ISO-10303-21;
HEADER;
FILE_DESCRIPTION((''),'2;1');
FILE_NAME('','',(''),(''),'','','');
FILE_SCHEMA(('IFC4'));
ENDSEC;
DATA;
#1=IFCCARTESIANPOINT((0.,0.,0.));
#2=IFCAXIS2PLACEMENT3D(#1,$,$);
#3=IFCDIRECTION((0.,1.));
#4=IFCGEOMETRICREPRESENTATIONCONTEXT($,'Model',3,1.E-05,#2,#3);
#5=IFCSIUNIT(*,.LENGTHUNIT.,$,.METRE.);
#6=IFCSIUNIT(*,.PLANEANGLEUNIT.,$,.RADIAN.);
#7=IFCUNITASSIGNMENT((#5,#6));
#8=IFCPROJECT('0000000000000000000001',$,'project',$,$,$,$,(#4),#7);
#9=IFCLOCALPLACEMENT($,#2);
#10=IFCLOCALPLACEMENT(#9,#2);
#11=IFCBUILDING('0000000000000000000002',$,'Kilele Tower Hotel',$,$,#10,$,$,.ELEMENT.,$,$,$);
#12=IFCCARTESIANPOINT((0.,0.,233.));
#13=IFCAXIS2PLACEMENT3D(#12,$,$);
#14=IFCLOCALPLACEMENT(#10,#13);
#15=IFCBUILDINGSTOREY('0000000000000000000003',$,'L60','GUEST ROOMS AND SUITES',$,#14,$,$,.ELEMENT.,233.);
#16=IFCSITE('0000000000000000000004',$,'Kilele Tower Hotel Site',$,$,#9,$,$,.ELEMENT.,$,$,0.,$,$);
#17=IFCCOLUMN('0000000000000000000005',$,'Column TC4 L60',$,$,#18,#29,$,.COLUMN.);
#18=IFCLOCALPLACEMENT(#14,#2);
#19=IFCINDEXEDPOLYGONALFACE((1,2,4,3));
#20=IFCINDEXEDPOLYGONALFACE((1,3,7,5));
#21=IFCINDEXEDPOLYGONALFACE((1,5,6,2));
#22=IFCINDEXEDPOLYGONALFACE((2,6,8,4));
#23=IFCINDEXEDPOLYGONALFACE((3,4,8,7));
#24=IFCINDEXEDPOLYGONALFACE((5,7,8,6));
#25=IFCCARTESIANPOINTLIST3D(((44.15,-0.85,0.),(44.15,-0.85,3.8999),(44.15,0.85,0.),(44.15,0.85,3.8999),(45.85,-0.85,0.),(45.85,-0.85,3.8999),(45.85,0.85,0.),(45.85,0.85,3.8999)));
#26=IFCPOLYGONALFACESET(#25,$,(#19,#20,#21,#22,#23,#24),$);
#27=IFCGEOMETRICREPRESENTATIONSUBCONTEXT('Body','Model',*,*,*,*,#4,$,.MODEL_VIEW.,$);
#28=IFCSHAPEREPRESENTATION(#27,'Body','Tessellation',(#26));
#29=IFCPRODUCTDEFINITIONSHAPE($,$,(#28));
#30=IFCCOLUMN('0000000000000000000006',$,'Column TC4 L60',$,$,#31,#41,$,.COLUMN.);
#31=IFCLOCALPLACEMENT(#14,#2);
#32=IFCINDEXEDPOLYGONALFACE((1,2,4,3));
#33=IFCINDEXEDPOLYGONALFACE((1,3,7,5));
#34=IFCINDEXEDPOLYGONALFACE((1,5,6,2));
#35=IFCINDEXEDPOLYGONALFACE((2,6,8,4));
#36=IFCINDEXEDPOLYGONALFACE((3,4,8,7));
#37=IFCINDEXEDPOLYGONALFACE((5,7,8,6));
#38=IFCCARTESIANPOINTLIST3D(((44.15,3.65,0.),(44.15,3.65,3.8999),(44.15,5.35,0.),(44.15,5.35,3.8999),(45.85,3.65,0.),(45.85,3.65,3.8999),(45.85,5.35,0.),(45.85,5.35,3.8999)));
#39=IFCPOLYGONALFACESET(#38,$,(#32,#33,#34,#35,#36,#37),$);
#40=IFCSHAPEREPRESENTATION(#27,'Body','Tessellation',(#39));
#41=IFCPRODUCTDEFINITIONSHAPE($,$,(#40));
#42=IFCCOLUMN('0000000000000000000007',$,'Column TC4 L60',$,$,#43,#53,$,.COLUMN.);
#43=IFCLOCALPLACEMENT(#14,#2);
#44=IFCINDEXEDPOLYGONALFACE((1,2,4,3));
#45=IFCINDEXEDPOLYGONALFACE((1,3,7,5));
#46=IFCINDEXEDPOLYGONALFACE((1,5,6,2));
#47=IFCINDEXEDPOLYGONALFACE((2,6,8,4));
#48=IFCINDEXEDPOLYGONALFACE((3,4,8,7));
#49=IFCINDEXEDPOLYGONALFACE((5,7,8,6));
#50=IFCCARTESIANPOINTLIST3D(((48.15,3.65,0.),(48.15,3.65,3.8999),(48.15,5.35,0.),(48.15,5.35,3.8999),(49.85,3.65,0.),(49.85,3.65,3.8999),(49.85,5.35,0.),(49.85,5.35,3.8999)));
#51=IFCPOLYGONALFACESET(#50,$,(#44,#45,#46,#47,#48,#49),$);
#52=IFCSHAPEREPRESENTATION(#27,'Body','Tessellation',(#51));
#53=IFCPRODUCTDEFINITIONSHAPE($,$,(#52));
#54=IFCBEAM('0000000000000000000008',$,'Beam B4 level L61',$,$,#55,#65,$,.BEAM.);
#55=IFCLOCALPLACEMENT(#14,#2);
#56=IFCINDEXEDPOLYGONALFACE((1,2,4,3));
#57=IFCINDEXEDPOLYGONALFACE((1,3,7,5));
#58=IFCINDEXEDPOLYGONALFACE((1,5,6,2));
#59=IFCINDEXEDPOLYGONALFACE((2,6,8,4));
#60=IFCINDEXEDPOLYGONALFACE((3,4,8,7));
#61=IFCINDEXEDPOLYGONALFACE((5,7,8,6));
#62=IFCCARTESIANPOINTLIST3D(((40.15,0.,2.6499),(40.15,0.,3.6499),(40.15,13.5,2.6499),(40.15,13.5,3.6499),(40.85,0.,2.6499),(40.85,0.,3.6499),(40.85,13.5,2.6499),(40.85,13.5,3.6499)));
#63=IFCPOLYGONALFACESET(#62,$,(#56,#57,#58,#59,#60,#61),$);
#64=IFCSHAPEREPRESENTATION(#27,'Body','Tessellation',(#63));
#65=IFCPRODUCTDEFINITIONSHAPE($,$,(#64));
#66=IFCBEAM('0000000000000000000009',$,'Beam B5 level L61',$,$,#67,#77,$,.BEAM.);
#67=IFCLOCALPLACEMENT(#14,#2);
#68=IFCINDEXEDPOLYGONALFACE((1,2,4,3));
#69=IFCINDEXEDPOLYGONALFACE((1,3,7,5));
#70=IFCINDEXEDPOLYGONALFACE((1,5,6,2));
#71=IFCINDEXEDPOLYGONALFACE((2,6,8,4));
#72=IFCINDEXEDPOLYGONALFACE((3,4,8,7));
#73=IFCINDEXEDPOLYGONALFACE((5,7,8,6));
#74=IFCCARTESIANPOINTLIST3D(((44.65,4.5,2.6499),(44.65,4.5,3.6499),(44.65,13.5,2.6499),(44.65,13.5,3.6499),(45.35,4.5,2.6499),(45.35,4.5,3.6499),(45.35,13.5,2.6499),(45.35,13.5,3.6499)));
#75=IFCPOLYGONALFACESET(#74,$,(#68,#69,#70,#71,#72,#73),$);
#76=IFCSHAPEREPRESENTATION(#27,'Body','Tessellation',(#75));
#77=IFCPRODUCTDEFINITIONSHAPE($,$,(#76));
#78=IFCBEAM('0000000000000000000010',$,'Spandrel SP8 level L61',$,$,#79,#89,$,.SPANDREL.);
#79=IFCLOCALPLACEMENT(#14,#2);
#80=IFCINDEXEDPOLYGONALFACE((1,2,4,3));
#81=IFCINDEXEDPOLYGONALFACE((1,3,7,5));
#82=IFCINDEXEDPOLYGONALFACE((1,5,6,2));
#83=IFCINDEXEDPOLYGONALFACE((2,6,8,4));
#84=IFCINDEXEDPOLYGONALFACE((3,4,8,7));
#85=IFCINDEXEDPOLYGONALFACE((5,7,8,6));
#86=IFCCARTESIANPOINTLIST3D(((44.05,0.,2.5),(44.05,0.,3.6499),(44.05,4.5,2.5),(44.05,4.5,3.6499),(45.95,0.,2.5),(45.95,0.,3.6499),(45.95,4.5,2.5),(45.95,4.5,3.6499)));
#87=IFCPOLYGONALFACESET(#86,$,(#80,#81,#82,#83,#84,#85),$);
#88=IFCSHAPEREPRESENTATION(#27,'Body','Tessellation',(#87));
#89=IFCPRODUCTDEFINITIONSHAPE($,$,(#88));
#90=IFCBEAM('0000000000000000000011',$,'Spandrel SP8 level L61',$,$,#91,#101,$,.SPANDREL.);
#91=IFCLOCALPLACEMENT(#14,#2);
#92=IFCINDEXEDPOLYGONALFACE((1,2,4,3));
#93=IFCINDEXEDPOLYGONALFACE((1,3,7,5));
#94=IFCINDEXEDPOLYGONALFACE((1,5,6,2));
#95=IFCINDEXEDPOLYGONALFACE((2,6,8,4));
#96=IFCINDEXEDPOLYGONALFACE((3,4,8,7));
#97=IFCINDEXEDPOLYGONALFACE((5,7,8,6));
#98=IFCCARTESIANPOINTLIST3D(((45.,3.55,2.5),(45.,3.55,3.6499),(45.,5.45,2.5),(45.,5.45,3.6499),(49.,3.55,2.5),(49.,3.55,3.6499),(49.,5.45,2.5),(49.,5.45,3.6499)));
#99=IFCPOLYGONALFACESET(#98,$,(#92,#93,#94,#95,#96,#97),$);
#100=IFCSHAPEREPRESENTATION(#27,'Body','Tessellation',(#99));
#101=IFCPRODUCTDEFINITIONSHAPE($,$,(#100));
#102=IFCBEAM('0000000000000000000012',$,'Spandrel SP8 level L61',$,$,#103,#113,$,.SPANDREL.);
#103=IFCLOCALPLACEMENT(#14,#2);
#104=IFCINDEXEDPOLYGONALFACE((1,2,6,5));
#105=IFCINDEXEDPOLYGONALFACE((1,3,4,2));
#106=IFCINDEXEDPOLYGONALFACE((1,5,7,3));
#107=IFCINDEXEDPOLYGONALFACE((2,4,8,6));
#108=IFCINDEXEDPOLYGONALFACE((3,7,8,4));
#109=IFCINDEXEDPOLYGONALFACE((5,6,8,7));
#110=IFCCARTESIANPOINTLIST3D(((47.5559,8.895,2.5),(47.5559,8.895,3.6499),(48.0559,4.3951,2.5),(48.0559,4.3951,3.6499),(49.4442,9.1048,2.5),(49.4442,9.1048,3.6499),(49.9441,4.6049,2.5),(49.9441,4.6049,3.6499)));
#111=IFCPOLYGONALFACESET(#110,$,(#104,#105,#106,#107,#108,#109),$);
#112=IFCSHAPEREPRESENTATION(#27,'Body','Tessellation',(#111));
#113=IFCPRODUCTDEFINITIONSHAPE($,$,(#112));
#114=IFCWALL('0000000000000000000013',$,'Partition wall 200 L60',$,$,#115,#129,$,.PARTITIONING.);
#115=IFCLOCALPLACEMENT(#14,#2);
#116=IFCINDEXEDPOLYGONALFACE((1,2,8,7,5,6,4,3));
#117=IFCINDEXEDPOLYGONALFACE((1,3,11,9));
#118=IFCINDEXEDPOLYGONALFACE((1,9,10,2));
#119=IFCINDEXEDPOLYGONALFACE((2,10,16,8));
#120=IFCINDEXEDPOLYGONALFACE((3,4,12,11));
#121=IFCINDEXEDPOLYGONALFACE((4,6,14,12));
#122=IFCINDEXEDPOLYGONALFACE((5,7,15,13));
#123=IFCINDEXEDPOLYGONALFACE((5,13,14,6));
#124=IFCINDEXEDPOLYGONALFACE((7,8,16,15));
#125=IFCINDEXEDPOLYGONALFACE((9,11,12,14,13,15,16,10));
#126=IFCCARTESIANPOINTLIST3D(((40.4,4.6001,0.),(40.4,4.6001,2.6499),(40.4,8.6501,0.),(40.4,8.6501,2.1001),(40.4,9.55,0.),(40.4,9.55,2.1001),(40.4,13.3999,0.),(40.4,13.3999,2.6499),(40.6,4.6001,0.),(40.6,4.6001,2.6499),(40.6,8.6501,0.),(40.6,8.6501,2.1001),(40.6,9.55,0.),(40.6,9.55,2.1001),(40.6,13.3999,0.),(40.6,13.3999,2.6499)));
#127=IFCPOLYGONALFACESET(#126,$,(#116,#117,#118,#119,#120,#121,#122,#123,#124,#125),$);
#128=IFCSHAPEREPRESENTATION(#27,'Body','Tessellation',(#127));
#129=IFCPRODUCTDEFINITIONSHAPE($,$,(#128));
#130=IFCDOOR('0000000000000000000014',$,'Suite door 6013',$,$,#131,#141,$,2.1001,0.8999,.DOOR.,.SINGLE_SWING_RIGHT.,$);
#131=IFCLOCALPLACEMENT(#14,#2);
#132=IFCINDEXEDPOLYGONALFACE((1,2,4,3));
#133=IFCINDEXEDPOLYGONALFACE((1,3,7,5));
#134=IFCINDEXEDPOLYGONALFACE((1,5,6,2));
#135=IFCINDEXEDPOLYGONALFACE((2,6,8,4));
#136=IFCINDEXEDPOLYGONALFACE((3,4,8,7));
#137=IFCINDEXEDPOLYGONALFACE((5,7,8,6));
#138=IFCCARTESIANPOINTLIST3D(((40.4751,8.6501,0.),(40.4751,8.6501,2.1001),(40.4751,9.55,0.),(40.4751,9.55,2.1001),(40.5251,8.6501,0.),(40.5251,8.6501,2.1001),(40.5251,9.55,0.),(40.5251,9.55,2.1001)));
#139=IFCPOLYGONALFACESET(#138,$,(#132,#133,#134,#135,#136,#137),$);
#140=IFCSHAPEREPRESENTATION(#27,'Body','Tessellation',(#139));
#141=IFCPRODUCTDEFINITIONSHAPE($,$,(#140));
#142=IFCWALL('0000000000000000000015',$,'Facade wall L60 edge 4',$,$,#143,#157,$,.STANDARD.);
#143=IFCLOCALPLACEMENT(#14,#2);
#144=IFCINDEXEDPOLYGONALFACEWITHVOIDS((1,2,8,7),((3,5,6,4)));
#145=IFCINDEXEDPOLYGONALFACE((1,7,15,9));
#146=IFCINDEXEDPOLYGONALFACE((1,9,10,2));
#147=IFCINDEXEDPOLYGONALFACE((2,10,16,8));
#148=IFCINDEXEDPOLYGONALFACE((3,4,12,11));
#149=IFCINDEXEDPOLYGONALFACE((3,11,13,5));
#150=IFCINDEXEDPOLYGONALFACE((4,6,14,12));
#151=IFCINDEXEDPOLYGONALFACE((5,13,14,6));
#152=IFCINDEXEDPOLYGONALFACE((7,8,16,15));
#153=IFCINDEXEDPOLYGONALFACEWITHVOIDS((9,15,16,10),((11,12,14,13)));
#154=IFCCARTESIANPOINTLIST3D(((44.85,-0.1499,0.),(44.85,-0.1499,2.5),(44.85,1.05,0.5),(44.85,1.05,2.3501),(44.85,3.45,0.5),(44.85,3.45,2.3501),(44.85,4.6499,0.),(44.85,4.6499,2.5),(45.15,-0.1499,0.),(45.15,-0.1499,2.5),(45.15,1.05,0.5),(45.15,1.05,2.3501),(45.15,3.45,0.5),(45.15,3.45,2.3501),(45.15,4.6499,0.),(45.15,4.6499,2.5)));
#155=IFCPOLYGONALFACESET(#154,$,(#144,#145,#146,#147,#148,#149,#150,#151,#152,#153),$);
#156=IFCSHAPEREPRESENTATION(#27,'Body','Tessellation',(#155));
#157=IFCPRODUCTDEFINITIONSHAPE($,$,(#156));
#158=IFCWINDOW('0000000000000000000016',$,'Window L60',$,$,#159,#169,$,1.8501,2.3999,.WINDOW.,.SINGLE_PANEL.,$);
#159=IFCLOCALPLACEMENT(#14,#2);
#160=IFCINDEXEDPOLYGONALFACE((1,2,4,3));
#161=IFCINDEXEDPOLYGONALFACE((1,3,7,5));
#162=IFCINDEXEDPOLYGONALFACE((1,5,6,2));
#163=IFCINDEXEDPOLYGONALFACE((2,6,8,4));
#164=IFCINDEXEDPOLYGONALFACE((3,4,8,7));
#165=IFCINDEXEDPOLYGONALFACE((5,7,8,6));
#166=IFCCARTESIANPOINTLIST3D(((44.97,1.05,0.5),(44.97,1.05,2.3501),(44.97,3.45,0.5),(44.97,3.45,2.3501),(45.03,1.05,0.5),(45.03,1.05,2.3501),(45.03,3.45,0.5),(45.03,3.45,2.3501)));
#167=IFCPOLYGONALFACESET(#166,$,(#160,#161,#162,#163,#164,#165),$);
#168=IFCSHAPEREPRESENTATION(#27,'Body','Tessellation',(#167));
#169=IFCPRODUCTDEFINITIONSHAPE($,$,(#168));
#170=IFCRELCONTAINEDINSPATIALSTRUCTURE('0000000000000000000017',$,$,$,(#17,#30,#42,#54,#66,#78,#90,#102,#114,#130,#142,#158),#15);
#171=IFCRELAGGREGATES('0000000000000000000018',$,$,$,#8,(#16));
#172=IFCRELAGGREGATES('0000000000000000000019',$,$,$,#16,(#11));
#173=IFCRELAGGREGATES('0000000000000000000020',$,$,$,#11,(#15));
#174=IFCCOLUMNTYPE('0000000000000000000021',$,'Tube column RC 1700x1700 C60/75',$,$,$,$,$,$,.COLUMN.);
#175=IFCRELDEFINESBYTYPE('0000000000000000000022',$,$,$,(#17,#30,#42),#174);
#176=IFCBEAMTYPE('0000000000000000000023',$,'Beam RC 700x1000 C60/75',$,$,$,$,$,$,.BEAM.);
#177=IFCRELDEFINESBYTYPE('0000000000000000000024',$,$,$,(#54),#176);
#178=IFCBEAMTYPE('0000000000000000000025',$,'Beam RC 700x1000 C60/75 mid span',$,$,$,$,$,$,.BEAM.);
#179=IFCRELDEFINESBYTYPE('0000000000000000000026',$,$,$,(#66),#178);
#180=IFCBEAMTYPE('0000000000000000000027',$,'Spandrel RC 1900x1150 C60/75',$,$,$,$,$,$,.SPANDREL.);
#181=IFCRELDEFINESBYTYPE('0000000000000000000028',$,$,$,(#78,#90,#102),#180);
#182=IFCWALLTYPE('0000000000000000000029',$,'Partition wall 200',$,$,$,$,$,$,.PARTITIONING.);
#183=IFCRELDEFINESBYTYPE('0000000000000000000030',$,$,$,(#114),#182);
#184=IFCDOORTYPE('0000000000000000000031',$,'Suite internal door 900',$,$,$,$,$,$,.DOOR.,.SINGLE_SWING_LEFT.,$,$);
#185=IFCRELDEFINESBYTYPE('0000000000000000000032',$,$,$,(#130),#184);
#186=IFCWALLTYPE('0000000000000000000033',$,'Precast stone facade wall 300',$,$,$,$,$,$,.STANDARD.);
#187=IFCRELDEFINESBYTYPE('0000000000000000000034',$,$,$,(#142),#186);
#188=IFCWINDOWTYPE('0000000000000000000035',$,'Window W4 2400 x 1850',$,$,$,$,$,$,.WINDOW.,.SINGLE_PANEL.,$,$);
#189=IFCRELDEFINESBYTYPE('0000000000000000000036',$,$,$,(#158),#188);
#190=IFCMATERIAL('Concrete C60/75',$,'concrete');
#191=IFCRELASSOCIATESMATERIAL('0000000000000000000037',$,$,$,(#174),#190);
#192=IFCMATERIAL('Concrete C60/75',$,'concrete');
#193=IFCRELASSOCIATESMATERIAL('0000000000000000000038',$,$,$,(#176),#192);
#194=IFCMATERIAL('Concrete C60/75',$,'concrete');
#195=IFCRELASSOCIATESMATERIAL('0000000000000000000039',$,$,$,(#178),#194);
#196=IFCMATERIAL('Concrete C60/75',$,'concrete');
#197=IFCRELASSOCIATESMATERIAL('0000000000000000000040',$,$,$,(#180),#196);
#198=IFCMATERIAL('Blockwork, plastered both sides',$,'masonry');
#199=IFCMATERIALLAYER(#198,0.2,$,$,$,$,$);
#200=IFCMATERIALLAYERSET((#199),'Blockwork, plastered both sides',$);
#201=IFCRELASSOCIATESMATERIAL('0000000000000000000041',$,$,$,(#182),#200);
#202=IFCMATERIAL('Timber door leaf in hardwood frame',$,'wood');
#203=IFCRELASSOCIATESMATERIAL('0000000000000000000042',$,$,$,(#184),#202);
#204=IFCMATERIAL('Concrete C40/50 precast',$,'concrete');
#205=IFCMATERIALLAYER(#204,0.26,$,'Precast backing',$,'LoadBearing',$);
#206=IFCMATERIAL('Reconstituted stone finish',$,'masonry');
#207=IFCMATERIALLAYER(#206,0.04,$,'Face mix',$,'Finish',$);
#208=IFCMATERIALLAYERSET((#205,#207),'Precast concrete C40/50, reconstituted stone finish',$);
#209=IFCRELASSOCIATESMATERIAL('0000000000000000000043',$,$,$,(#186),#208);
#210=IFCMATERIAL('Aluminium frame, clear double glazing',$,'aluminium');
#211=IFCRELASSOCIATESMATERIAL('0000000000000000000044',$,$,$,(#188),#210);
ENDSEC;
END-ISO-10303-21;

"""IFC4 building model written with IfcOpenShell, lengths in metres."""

from ifc_helpers import new_model, si_unit, direction, frame, frame_2d, origin, origin_2d, place, context, subcontext, project, spatial, rectangle, extrude, material, layer, layer_set, material_profile, profile_set, type_object, element, fill, save


model = new_model("IFC4")

# Units and contexts
model_context = context("Model", 3, precision=1e-05, world=origin(), true_north=direction((0.0, 1.0)))
body_context = subcontext(model_context, "Body", "Model", "MODEL_VIEW")
ifc_project = project(units=[si_unit("LENGTHUNIT", "METRE"), si_unit("PLANEANGLEUNIT", "RADIAN")], contexts=[model_context])

# Site, building, storey
site_placement = place(None, origin())
site = spatial("IfcSite", under=ifc_project, at=site_placement, Name="Kilele Tower Hotel Site", CompositionType="ELEMENT", RefElevation=0.0)
building_placement = place(site_placement, origin())
building = spatial("IfcBuilding", under=site, at=building_placement, Name="Kilele Tower Hotel", CompositionType="ELEMENT")
storey_placement = place(building_placement, frame((0.0, 0.0, 233.0)))
storey = spatial("IfcBuildingStorey", under=building, at=storey_placement, Name="L60", Description="GUEST ROOMS AND SUITES", CompositionType="ELEMENT", Elevation=233.0)

# Columns
ifc_material_1 = material(Name="Concrete C60/75", Category="concrete")
ifc_material_profile_1 = material_profile(ifc_material_1, rectangle(XDim=1.7, YDim=1.7, at=origin_2d()))
ifc_profile_set_1 = profile_set([ifc_material_profile_1], Name="Concrete C60/75")
column_type = type_object("IfcColumnType", Name="Tube column RC 1700x1700 C60/75", PredefinedType="COLUMN", material=ifc_profile_set_1)
for number, where, z_axis, x_axis, name in (
    (1, (45.0, 0.0, 0.0), (0.0, 0.0, 1.0), (1.0, 0.0, 0.0), "Column TC4 L60"),
    (2, (45.0, 4.5, 0.0), (0.0, 0.0, 1.0), (1.0, 0.0, 0.0), "Column TC4 L60"),
    (3, (49.0, 4.5, 0.0), (0.0, 0.0, 1.0), (1.0, 0.0, 0.0), "Column TC4 L60"),
):
    element("IfcColumn", number, at=place(storey_placement, frame(where, z_axis=z_axis, x_axis=x_axis)), inside=storey, type_object=column_type, Name=name, PredefinedType="COLUMN", context=body_context, shape_type="SweptSolid", body=[
        extrude(rectangle(XDim=1.7, YDim=1.7, at=origin_2d()), origin(), (0.0, 0.0, 1.0), 3.8999),
    ])

# Beams
ifc_material_2 = material(Name="Concrete C60/75", Category="concrete")
ifc_material_profile_2 = material_profile(ifc_material_2, rectangle(XDim=0.7, YDim=1.0, at=origin_2d()))
ifc_profile_set_2 = profile_set([ifc_material_profile_2], Name="Concrete C60/75")
beam_type_1 = type_object("IfcBeamType", Name="Beam RC 700x1000 C60/75", PredefinedType="BEAM", material=ifc_profile_set_2)
beam_1_placement = place(storey_placement, frame((40.5, 0.0, 3.1499), z_axis=(0.0, 1.0, 0.0), x_axis=(-1.0, 0.0, 0.0)))
element("IfcBeam", 4, at=beam_1_placement, inside=storey, type_object=beam_type_1, Name="Beam B4 level L61", PredefinedType="BEAM", context=body_context, shape_type="SweptSolid", body=[
    extrude(rectangle(XDim=0.7, YDim=1.0, at=origin_2d()), origin(), (0.0, 0.0, 1.0), 13.5),
])
ifc_material_3 = material(Name="Concrete C60/75", Category="concrete")
ifc_material_profile_3 = material_profile(ifc_material_3, rectangle(XDim=0.7, YDim=1.0, at=origin_2d()))
ifc_profile_set_3 = profile_set([ifc_material_profile_3], Name="Concrete C60/75")
beam_type_2 = type_object("IfcBeamType", Name="Beam RC 700x1000 C60/75 mid span", PredefinedType="BEAM", material=ifc_profile_set_3)
beam_2_placement = place(storey_placement, frame((45.0, 4.5, 3.1499), z_axis=(0.0, 1.0, 0.0), x_axis=(-1.0, 0.0, 0.0)))
element("IfcBeam", 5, at=beam_2_placement, inside=storey, type_object=beam_type_2, Name="Beam B5 level L61", PredefinedType="BEAM", context=body_context, shape_type="SweptSolid", body=[
    extrude(rectangle(XDim=0.7, YDim=1.0, at=origin_2d()), origin(), (0.0, 0.0, 1.0), 9.0),
])
ifc_material_4 = material(Name="Concrete C60/75", Category="concrete")
ifc_material_profile_4 = material_profile(ifc_material_4, rectangle(XDim=1.8999, YDim=1.1499, at=origin_2d()))
ifc_profile_set_4 = profile_set([ifc_material_profile_4], Name="Concrete C60/75")
beam_type_3 = type_object("IfcBeamType", Name="Spandrel RC 1900x1150 C60/75", PredefinedType="SPANDREL", material=ifc_profile_set_4)
beam_3_placement = place(storey_placement, frame((45.0, 0.0, 3.075), z_axis=(0.0, 1.0, 0.0), x_axis=(-1.0, 0.0, 0.0)))
element("IfcBeam", 6, at=beam_3_placement, inside=storey, type_object=beam_type_3, Name="Spandrel SP8 level L61", PredefinedType="SPANDREL", context=body_context, shape_type="SweptSolid", body=[
    extrude(rectangle(XDim=1.8999, YDim=1.1499, at=origin_2d()), origin(), (0.0, 0.0, 1.0), 4.5),
])
beam_4_placement = place(storey_placement, frame((45.0, 4.5, 3.075), z_axis=(1.0, 0.0, 0.0), x_axis=(0.0, 1.0, 0.0)))
element("IfcBeam", 7, at=beam_4_placement, inside=storey, type_object=beam_type_3, Name="Spandrel SP8 level L61", PredefinedType="SPANDREL", context=body_context, shape_type="SweptSolid", body=[
    extrude(rectangle(XDim=1.8999, YDim=1.1499, at=origin_2d()), origin(), (0.0, 0.0, 1.0), 4.0),
])
beam_5_placement = place(storey_placement, frame((49.0, 4.5, 3.075), z_axis=(-0.110432, 0.993884, 0.0), x_axis=(-0.993884, -0.110432, 0.0)))
element("IfcBeam", 8, at=beam_5_placement, inside=storey, type_object=beam_type_3, Name="Spandrel SP8 level L61", PredefinedType="SPANDREL", context=body_context, shape_type="SweptSolid", body=[
    extrude(rectangle(XDim=1.8999, YDim=1.1499, at=origin_2d()), origin(), (0.0, 0.0, 1.0), 4.5276),
])

# Wall, opening, door
ifc_material_5 = material(Name="Blockwork, plastered both sides", Category="masonry")
ifc_layer_1 = layer(ifc_material_5, 0.2)
ifc_layer_set_1 = layer_set([ifc_layer_1], Name="Blockwork, plastered both sides")
wall_type_1 = type_object("IfcWallType", Name="Partition wall 200", PredefinedType="PARTITIONING", material=ifc_layer_set_1)
wall_1_placement = place(storey_placement, frame((40.5, 4.6001, 0.0), z_axis=(0.0, 0.0, 1.0), x_axis=(0.0, 1.0, 0.0)))
wall_1 = element("IfcWall", 9, at=wall_1_placement, inside=storey, type_object=wall_type_1, Name="Partition wall 200 L60", PredefinedType="PARTITIONING", context=body_context, shape_type="SweptSolid", body=[
    extrude(rectangle(XDim=8.7998, YDim=0.2, at=frame_2d((4.3999, 0.0))), origin(), (0.0, 0.0, 1.0), 2.6499),
])
opening_1_placement = place(wall_1_placement, frame((4.05, 0.0, 0.0)))
opening_1 = element("IfcOpeningElement", 10, at=opening_1_placement, cuts=wall_1, PredefinedType="OPENING", context=body_context, shape_type="SweptSolid", body=[
    extrude(rectangle(XDim=0.8999, YDim=2.1001, at=frame_2d((0.45, 1.05))), frame((0.0, 0.1099, 0.0), z_axis=(0.0, -1.0, 0.0), x_axis=(1.0, 0.0, 0.0)), (0.0, 0.0, 1.0), 0.22),
])
ifc_material_6 = material(Name="Timber door leaf in hardwood frame", Category="wood")
door_type = type_object("IfcDoorType", Name="Suite internal door 900", OperationType="SINGLE_SWING_LEFT", PredefinedType="DOOR", material=ifc_material_6)
door_placement = place(opening_1_placement, origin())
door = element("IfcDoor", 11, at=door_placement, inside=storey, type_object=door_type, Name="Suite door 6013", OperationType="SINGLE_SWING_RIGHT", OverallHeight=2.1001, OverallWidth=0.8999, PredefinedType="DOOR", context=body_context, shape_type="SweptSolid", body=[
    extrude(rectangle(XDim=0.8999, YDim=2.1001, at=frame_2d((0.45, 1.05))), frame((0.0, 0.0249, 0.0), z_axis=(0.0, -1.0, 0.0), x_axis=(1.0, 0.0, 0.0)), (0.0, 0.0, 1.0), 0.05),
])
fill(opening_1, door)

# Wall, opening, window
ifc_material_7 = material(Name="Concrete C40/50 precast", Category="concrete")
ifc_layer_2 = layer(ifc_material_7, 0.26, Name="Precast backing", Category="LoadBearing")
ifc_material_8 = material(Name="Reconstituted stone finish", Category="masonry")
ifc_layer_3 = layer(ifc_material_8, 0.04, Name="Face mix", Category="Finish")
ifc_layer_set_2 = layer_set([ifc_layer_2, ifc_layer_3], Name="Precast concrete C40/50, reconstituted stone finish")
wall_type_2 = type_object("IfcWallType", Name="Precast stone facade wall 300", PredefinedType="STANDARD", material=ifc_layer_set_2)
wall_2_placement = place(storey_placement, frame((45.0, -0.1499, 0.0), z_axis=(0.0, 0.0, 1.0), x_axis=(0.0, 1.0, 0.0)))
wall_2 = element("IfcWall", 12, at=wall_2_placement, inside=storey, type_object=wall_type_2, Name="Facade wall L60 edge 4", PredefinedType="STANDARD", context=body_context, shape_type="SweptSolid", body=[
    extrude(rectangle(XDim=4.7998, YDim=0.3, at=frame_2d((2.3999, 0.0))), origin(), (0.0, 0.0, 1.0), 2.5),
])
opening_2_placement = place(wall_2_placement, frame((1.2, 0.0, 0.5)))
opening_2 = element("IfcOpeningElement", 13, at=opening_2_placement, cuts=wall_2, PredefinedType="OPENING", context=body_context, shape_type="SweptSolid", body=[
    extrude(rectangle(XDim=2.3999, YDim=1.8501, at=frame_2d((1.2, 0.925))), frame((0.0, 0.1599, 0.0), z_axis=(0.0, -1.0, 0.0), x_axis=(1.0, 0.0, 0.0)), (0.0, 0.0, 1.0), 0.3201),
])
ifc_material_9 = material(Name="Aluminium frame, clear double glazing", Category="aluminium")
window_type_1 = type_object("IfcWindowType", Name="Window W4 2400 x 1850", PartitioningType="SINGLE_PANEL", PredefinedType="WINDOW", material=ifc_material_9)
window_1_placement = place(opening_2_placement, origin())
window_1 = element("IfcWindow", 14, at=window_1_placement, inside=storey, type_object=window_type_1, Name="Window L60", OverallHeight=1.8501, OverallWidth=2.3999, PartitioningType="SINGLE_PANEL", PredefinedType="WINDOW", context=body_context, shape_type="SweptSolid", body=[
    extrude(rectangle(XDim=2.3999, YDim=1.8501, at=frame_2d((1.2, 0.925))), frame((0.0, 0.03, 0.0), z_axis=(0.0, -1.0, 0.0), x_axis=(1.0, 0.0, 0.0)), (0.0, 0.0, 1.0), 0.0601),
])
fill(opening_2, window_1)

save(model, "model.ifc")
